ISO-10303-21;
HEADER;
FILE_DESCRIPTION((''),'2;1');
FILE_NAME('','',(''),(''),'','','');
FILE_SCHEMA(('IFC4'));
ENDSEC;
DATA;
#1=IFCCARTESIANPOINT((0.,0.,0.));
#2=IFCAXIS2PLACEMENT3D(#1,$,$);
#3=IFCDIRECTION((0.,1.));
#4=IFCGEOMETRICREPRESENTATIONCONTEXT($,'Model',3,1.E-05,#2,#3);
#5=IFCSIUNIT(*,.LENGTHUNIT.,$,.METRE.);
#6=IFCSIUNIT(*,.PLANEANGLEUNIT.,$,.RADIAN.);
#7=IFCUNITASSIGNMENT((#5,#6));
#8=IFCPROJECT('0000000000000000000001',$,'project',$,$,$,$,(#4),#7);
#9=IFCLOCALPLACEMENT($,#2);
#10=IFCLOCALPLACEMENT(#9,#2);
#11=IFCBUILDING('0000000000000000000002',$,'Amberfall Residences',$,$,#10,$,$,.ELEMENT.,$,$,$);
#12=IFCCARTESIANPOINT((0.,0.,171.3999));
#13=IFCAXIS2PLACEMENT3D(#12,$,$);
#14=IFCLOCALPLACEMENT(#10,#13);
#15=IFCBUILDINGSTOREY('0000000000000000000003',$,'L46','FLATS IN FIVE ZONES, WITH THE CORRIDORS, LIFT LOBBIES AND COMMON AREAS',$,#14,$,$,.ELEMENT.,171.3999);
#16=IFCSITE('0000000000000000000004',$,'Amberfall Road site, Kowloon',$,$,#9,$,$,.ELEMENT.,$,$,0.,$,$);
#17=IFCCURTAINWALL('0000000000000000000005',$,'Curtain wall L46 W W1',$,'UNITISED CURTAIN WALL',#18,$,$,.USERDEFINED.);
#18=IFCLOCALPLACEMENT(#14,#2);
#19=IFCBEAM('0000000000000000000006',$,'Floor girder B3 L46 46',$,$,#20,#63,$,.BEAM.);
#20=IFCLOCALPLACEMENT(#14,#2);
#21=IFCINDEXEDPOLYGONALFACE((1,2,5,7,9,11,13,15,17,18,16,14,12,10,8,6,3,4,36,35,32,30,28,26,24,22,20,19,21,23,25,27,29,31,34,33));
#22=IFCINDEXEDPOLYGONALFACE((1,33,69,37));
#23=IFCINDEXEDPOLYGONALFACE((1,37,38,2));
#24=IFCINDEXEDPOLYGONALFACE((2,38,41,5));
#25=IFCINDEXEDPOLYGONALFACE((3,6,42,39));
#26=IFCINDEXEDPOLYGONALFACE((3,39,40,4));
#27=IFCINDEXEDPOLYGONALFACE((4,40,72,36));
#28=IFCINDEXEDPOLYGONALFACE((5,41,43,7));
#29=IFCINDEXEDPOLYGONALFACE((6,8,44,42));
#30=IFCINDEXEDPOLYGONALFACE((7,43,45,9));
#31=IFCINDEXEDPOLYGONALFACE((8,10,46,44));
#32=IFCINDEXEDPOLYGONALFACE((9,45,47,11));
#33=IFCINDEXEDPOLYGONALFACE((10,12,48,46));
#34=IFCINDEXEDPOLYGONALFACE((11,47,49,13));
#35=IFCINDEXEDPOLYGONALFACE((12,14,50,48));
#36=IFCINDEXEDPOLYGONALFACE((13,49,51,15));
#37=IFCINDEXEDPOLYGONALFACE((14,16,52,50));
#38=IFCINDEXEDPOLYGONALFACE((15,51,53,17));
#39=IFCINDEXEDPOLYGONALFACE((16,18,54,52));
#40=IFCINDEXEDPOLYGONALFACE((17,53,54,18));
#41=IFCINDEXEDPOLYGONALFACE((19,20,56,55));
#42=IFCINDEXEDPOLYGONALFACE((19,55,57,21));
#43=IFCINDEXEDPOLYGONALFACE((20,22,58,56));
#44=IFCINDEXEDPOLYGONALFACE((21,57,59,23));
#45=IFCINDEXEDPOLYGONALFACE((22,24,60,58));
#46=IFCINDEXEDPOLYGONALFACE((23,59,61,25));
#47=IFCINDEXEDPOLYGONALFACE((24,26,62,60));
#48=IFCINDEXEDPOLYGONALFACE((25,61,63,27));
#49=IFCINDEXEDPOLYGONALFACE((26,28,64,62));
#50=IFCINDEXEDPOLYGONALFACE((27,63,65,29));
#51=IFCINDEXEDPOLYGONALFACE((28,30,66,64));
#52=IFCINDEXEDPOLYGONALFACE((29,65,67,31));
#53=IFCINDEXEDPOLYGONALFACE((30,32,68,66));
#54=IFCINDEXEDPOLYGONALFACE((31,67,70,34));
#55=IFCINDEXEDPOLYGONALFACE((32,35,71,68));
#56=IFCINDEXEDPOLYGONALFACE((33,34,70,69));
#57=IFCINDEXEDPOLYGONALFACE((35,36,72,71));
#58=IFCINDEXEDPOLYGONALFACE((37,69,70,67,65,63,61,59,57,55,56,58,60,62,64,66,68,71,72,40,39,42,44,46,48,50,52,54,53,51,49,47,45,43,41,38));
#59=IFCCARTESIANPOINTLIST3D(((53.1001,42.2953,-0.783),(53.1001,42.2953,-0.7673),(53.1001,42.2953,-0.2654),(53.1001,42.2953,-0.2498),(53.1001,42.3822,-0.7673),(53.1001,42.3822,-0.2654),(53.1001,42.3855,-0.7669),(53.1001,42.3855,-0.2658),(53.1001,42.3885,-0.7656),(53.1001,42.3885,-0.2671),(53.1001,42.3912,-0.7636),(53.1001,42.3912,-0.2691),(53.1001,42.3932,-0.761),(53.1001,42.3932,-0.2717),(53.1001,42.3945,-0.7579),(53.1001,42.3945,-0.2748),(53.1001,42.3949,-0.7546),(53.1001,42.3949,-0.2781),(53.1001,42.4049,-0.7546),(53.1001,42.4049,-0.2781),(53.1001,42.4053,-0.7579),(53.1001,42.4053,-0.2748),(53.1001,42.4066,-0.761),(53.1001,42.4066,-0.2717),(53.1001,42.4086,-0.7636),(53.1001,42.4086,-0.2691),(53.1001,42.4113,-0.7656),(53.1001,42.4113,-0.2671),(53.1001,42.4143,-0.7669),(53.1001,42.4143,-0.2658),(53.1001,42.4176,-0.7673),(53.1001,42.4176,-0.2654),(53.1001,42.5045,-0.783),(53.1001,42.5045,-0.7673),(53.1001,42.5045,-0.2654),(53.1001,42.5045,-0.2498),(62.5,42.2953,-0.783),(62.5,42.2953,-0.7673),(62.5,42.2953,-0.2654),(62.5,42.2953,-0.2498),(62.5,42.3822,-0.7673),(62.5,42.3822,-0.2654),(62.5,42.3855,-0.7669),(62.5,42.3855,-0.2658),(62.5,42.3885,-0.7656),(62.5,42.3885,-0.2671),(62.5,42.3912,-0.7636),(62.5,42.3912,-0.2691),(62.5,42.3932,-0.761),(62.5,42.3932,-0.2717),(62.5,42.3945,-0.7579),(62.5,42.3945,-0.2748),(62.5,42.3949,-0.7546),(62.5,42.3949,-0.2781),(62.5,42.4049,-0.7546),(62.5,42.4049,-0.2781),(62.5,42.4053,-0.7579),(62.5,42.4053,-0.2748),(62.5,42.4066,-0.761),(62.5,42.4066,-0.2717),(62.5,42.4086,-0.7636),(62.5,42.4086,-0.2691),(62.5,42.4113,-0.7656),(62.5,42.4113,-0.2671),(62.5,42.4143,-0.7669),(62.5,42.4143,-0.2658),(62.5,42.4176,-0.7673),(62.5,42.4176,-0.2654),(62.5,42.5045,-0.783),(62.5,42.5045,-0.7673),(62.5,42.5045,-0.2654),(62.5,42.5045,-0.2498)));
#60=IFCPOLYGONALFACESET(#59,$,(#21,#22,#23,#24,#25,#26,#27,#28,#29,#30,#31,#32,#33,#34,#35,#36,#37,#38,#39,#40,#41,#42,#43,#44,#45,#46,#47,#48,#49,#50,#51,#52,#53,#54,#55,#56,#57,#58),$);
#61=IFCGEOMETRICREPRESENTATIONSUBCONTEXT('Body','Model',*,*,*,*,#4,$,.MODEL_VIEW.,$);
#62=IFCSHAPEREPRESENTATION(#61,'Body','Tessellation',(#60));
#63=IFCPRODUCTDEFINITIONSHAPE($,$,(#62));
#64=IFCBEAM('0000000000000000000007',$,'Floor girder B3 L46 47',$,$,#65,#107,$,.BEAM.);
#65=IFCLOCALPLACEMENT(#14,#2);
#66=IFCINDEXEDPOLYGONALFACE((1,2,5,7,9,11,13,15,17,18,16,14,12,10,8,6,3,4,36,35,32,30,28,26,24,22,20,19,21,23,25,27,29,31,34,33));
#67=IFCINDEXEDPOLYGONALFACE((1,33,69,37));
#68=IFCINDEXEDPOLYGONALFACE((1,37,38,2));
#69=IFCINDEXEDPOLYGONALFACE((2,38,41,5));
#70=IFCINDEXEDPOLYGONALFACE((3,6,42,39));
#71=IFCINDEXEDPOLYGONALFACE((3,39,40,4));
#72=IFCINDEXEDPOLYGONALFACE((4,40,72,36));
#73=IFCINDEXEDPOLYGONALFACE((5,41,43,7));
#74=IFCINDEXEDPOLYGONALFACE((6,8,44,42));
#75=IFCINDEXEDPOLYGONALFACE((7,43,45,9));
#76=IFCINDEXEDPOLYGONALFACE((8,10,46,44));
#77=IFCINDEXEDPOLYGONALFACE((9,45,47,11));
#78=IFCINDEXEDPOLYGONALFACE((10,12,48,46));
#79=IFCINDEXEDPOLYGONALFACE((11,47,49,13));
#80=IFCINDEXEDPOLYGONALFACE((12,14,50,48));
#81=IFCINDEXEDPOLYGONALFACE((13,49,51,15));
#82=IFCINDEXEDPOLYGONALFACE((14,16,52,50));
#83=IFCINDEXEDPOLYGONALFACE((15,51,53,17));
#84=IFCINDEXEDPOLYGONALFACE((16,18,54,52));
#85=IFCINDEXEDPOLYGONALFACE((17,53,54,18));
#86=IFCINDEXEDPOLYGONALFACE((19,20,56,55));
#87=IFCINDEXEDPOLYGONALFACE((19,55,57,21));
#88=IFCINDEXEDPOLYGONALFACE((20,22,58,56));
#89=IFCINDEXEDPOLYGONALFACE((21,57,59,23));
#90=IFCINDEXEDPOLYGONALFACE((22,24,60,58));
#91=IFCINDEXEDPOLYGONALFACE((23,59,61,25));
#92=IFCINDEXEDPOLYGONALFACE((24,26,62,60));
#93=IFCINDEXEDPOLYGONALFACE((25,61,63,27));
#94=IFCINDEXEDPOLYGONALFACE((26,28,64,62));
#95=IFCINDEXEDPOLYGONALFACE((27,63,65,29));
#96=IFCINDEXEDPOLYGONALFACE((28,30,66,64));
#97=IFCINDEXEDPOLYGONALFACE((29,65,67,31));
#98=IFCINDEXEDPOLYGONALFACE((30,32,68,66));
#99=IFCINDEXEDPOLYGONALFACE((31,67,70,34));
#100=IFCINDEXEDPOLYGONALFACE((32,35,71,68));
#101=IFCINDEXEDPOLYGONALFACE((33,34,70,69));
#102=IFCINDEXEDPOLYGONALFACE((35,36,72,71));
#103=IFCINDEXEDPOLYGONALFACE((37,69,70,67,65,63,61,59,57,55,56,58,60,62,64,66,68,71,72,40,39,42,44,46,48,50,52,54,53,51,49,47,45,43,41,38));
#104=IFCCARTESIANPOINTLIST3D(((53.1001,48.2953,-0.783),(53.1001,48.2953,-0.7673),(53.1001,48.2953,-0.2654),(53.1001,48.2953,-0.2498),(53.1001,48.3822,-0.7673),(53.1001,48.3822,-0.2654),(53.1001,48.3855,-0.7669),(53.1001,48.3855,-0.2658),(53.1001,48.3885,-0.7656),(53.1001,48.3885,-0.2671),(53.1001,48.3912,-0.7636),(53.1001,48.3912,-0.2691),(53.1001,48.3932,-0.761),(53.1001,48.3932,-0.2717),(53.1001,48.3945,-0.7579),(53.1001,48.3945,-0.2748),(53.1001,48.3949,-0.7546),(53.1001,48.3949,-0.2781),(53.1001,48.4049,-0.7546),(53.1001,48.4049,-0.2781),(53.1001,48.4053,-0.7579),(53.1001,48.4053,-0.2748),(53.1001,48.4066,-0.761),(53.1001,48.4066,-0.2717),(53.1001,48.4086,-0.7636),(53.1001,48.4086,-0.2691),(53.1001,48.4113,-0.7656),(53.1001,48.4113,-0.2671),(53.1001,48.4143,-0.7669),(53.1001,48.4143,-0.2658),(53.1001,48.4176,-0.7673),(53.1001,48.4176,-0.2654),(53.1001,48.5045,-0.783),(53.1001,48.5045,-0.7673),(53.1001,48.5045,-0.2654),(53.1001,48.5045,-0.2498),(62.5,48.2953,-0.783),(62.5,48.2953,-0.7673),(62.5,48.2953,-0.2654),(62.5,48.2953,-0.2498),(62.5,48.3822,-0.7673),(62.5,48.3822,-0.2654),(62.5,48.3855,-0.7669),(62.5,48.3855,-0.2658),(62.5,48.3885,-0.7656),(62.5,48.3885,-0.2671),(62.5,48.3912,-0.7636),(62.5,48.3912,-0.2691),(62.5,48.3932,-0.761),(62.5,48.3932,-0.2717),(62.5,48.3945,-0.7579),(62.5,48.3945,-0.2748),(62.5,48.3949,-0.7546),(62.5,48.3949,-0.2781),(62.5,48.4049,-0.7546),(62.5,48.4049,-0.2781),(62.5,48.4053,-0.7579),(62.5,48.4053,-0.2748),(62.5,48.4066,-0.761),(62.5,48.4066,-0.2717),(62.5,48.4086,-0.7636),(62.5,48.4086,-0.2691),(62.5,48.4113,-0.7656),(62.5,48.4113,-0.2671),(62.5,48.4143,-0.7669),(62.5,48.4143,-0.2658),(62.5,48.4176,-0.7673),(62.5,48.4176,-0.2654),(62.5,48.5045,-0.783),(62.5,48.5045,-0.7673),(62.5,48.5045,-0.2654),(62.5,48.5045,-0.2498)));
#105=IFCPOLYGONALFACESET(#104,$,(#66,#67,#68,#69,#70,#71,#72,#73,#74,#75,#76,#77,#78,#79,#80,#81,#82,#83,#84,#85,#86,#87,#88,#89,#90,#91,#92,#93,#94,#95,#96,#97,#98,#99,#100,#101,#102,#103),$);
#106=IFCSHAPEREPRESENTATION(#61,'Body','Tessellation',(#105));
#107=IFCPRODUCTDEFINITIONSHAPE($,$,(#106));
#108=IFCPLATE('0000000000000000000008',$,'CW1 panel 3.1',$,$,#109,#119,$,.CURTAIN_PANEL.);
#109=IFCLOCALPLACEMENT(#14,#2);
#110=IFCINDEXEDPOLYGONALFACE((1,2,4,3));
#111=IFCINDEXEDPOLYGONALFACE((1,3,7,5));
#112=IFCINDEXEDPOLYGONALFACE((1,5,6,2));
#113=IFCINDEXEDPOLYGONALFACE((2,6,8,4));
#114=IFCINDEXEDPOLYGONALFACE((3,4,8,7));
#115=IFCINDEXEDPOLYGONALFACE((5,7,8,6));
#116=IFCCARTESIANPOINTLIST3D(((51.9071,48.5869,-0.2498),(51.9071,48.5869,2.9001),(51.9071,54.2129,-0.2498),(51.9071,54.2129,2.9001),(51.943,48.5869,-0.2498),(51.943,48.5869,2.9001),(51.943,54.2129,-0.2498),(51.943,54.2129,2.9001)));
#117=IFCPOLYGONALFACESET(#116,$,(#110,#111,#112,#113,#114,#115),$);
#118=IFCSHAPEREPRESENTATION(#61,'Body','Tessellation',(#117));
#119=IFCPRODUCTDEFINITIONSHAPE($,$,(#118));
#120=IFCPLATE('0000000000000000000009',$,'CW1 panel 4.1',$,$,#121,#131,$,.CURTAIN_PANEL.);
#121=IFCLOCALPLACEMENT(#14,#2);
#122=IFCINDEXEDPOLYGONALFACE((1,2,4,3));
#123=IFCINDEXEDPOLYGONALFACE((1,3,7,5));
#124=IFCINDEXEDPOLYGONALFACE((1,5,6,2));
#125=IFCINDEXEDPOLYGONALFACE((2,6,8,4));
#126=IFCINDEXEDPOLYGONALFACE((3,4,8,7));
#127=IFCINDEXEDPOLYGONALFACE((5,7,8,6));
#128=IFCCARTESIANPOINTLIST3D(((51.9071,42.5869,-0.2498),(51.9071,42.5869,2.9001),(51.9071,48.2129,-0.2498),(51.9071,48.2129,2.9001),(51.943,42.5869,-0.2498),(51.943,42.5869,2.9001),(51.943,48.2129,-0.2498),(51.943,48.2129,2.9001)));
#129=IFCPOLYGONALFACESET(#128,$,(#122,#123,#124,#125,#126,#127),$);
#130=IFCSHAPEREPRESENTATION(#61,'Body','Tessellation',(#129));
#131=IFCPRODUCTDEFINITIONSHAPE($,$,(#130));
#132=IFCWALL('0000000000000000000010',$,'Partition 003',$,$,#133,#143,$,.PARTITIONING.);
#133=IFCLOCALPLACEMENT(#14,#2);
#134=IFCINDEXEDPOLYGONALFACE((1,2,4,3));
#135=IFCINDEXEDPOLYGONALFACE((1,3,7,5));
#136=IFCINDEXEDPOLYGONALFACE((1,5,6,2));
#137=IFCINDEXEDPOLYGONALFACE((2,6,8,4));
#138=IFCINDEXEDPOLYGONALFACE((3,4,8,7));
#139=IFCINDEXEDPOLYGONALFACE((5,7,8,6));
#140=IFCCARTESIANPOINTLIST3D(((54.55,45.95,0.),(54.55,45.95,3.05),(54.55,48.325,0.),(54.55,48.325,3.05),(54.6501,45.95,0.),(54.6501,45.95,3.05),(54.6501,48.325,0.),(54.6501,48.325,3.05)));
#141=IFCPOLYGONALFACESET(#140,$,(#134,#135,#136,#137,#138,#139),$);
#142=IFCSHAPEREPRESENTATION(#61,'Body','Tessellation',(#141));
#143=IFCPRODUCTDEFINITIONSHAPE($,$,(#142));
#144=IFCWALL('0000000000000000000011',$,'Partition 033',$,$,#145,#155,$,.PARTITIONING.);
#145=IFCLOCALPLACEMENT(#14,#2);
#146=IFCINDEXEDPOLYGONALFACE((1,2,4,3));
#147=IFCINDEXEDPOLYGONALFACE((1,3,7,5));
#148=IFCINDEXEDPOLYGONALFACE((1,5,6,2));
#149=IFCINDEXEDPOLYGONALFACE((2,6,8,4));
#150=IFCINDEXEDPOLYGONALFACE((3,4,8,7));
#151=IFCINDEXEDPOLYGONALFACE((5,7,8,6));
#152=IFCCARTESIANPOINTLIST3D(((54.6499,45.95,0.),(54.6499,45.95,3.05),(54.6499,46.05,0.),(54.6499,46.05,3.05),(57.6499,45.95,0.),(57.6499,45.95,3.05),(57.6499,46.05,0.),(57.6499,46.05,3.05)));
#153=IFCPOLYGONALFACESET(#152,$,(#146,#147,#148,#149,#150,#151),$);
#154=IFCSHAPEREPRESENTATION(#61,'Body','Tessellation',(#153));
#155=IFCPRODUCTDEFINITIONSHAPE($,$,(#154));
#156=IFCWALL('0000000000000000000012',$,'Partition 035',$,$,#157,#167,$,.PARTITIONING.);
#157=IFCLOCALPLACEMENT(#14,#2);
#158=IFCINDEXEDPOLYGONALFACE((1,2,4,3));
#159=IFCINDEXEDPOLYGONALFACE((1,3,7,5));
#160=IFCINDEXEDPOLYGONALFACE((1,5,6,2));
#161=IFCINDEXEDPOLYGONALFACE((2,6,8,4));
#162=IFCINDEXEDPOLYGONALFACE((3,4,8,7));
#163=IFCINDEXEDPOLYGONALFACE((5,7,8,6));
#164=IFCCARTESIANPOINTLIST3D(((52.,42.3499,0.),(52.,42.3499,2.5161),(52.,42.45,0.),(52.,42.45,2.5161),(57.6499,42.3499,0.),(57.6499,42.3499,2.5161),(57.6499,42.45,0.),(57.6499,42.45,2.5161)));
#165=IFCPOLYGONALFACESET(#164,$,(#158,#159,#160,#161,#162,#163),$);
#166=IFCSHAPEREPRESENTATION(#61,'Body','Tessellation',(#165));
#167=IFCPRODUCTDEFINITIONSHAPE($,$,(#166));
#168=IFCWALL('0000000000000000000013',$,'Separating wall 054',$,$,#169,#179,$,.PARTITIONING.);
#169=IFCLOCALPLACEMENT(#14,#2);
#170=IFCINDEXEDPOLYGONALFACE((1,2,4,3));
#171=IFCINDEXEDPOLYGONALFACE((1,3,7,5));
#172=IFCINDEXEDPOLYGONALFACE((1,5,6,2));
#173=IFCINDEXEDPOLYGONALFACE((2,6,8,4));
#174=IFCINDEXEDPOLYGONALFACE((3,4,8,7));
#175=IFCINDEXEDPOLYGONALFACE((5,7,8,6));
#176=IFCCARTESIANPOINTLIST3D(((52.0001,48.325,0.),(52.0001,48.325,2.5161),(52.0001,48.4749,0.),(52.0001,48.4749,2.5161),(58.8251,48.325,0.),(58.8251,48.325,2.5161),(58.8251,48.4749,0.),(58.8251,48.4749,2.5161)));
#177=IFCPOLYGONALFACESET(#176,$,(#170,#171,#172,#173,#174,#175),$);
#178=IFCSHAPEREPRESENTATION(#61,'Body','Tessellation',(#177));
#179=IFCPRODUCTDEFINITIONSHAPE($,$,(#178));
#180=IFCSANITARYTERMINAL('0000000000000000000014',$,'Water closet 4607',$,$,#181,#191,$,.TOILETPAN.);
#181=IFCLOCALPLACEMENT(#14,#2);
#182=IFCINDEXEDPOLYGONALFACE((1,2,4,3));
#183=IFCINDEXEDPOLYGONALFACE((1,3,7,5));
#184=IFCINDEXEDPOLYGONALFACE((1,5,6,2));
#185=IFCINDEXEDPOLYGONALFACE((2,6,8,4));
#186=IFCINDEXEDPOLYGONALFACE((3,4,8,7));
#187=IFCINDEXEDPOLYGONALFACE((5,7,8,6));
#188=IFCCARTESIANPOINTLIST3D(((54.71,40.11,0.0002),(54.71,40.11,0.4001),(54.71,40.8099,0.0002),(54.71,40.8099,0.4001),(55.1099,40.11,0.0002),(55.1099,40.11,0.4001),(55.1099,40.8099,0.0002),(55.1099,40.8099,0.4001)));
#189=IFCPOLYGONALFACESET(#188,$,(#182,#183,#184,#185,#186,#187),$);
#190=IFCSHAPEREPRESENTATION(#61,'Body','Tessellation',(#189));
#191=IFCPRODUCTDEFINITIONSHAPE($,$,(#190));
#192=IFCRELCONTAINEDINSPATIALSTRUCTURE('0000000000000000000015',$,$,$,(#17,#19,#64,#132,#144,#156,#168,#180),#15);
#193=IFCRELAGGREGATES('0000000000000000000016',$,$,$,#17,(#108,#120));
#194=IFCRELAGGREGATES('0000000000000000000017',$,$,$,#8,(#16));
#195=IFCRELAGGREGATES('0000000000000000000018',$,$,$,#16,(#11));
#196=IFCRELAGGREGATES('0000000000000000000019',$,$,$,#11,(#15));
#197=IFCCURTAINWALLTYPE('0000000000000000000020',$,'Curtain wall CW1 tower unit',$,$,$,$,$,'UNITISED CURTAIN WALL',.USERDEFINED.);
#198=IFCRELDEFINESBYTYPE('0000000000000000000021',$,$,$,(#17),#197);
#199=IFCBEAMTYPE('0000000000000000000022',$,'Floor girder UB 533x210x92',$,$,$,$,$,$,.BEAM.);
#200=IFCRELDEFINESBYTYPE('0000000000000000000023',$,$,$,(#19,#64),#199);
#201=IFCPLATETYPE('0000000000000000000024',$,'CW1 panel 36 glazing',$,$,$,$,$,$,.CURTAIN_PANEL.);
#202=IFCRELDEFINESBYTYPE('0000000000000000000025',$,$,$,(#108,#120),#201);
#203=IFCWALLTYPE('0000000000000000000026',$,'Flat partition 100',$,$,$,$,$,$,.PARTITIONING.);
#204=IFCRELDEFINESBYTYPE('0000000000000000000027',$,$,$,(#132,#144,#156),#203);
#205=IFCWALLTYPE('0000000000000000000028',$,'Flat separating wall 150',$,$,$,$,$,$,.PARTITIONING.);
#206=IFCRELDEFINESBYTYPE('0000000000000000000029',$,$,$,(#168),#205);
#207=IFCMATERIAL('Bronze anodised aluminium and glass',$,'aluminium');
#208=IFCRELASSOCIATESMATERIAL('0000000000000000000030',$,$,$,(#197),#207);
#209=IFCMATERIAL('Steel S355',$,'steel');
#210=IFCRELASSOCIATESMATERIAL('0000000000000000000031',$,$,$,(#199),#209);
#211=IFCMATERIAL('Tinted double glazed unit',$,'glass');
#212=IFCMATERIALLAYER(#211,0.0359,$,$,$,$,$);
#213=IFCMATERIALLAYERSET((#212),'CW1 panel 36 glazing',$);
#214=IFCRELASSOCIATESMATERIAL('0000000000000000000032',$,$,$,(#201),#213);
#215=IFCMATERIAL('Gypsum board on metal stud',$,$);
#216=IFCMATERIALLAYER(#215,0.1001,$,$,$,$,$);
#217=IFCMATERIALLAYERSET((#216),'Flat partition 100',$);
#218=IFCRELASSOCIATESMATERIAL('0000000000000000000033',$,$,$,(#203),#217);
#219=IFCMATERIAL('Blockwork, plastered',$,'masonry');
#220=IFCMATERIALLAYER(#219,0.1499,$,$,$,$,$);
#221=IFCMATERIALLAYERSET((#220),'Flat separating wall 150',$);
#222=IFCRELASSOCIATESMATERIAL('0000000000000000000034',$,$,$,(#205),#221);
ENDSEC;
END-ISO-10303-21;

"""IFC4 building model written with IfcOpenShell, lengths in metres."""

from ifc_helpers import new_model, si_unit, direction, frame, frame_2d, origin, origin_2d, place, context, subcontext, project, spatial, rectangle, i_section, extrude, material, layer, layer_set, material_profile, profile_set, type_object, element, aggregate, save


model = new_model("IFC4")

# Units and contexts
model_context = context("Model", 3, precision=1e-05, world=origin(), true_north=direction((0.0, 1.0)))
body_context = subcontext(model_context, "Body", "Model", "MODEL_VIEW")
ifc_project = project(units=[si_unit("LENGTHUNIT", "METRE"), si_unit("PLANEANGLEUNIT", "RADIAN")], contexts=[model_context])

# Site, building, storey
site_placement = place(None, origin())
site = spatial("IfcSite", under=ifc_project, at=site_placement, Name="Amberfall Road site, Kowloon", CompositionType="ELEMENT", RefElevation=0.0)
building_placement = place(site_placement, origin())
building = spatial("IfcBuilding", under=site, at=building_placement, Name="Amberfall Residences", CompositionType="ELEMENT")
storey_placement = place(building_placement, frame((0.0, 0.0, 171.3999)))
storey = spatial("IfcBuildingStorey", under=building, at=storey_placement, Name="L46", Description="FLATS IN FIVE ZONES, WITH THE CORRIDORS, LIFT LOBBIES AND COMMON AREAS", CompositionType="ELEMENT", Elevation=171.3999)

# Curtain wall
ifc_material_1 = material(Name="Bronze anodised aluminium and glass", Category="aluminium")
curtain_wall_type = type_object("IfcCurtainWallType", Name="Curtain wall CW1 tower unit", ElementType="UNITISED CURTAIN WALL", PredefinedType="USERDEFINED", material=ifc_material_1)
curtain_wall_placement = place(storey_placement, origin())
curtain_wall = element("IfcCurtainWall", 1, at=curtain_wall_placement, inside=storey, type_object=curtain_wall_type, Name="Curtain wall L46 W W1", ObjectType="UNITISED CURTAIN WALL", PredefinedType="USERDEFINED")

# Shared definitions
ifc_material_2 = material(Name="Steel S355", Category="steel")

# Beams
ifc_material_profile_1 = material_profile(ifc_material_2, i_section(OverallWidth=0.2092, OverallDepth=0.5332, WebThickness=0.01, FlangeThickness=0.0156, FilletRadius=0.0127, at=origin_2d()), Name="UB 533x210x92")
ifc_profile_set_1 = profile_set([ifc_material_profile_1], Name="Steel S355")
beam_type_1 = type_object("IfcBeamType", Name="Floor girder UB 533x210x92", PredefinedType="BEAM", material=ifc_profile_set_1)
for number, where, z_axis, x_axis, name in (
    (2, (53.1001, 42.3999, -0.5164), (1.0, 0.0, 0.0), (0.0, 1.0, 0.0), "Floor girder B3 L46 46"),
    (3, (53.1001, 48.3999, -0.5164), (1.0, 0.0, 0.0), (0.0, 1.0, 0.0), "Floor girder B3 L46 47"),
):
    element("IfcBeam", number, at=place(storey_placement, frame(where, z_axis=z_axis, x_axis=x_axis)), inside=storey, type_object=beam_type_1, Name=name, PredefinedType="BEAM", context=body_context, shape_type="SweptSolid", body=[
        extrude(i_section(OverallWidth=0.2092, OverallDepth=0.5332, WebThickness=0.01, FlangeThickness=0.0156, FilletRadius=0.0127, at=origin_2d()), origin(), (0.0, 0.0, 1.0), 9.3999),
    ])

# Plates
ifc_material_3 = material(Name="Tinted double glazed unit", Category="glass")
ifc_layer_1 = layer(ifc_material_3, 0.0359)
ifc_layer_set_1 = layer_set([ifc_layer_1], Name="CW1 panel 36 glazing")
plate_type = type_object("IfcPlateType", Name="CW1 panel 36 glazing", PredefinedType="CURTAIN_PANEL", material=ifc_layer_set_1)
plate_1_placement = place(storey_placement, frame((51.925, 51.3999, -0.2498), z_axis=(0.0, 0.0, 1.0), x_axis=(0.0, -1.0, 0.0)))
plate_1 = element("IfcPlate", 4, at=plate_1_placement, type_object=plate_type, Name="CW1 panel 3.1", PredefinedType="CURTAIN_PANEL", context=body_context, shape_type="SweptSolid", body=[
    extrude(rectangle(XDim=5.626, YDim=0.0359, at=origin_2d()), origin(), (0.0, 0.0, 1.0), 3.1499),
])
plate_2_placement = place(storey_placement, frame((51.925, 45.3999, -0.2498), z_axis=(0.0, 0.0, 1.0), x_axis=(0.0, -1.0, 0.0)))
plate_2 = element("IfcPlate", 5, at=plate_2_placement, type_object=plate_type, Name="CW1 panel 4.1", PredefinedType="CURTAIN_PANEL", context=body_context, shape_type="SweptSolid", body=[
    extrude(rectangle(XDim=5.626, YDim=0.0359, at=origin_2d()), origin(), (0.0, 0.0, 1.0), 3.1499),
])
aggregate(curtain_wall, [plate_1, plate_2])

# Walls
ifc_material_4 = material(Name="Gypsum board on metal stud")
ifc_layer_2 = layer(ifc_material_4, 0.1001)
ifc_layer_set_2 = layer_set([ifc_layer_2], Name="Flat partition 100")
wall_type_1 = type_object("IfcWallType", Name="Flat partition 100", PredefinedType="PARTITIONING", material=ifc_layer_set_2)
wall_1_placement = place(storey_placement, frame((54.6001, 45.95, 0.0), z_axis=(0.0, 0.0, 1.0), x_axis=(0.0, 1.0, 0.0)))
element("IfcWall", 6, at=wall_1_placement, inside=storey, type_object=wall_type_1, Name="Partition 003", PredefinedType="PARTITIONING", context=body_context, shape_type="SweptSolid", body=[
    extrude(rectangle(XDim=2.375, YDim=0.1001, at=frame_2d((1.1875, 0.0))), origin(), (0.0, 0.0, 1.0), 3.05),
])
wall_2_placement = place(storey_placement, frame((54.6499, 46.0, 0.0), z_axis=(0.0, 0.0, 1.0), x_axis=(1.0, 0.0, 0.0)))
element("IfcWall", 7, at=wall_2_placement, inside=storey, type_object=wall_type_1, Name="Partition 033", PredefinedType="PARTITIONING", context=body_context, shape_type="SweptSolid", body=[
    extrude(rectangle(XDim=3.0, YDim=0.1001, at=frame_2d((1.5, 0.0))), origin(), (0.0, 0.0, 1.0), 3.05),
])
wall_3_placement = place(storey_placement, frame((52.0, 42.3999, 0.0), z_axis=(0.0, 0.0, 1.0), x_axis=(1.0, 0.0, 0.0)))
element("IfcWall", 8, at=wall_3_placement, inside=storey, type_object=wall_type_1, Name="Partition 035", PredefinedType="PARTITIONING", context=body_context, shape_type="SweptSolid", body=[
    extrude(rectangle(XDim=5.6499, YDim=0.1001, at=frame_2d((2.825, 0.0))), origin(), (0.0, 0.0, 1.0), 2.5161),
])
ifc_material_5 = material(Name="Blockwork, plastered", Category="masonry")
ifc_layer_3 = layer(ifc_material_5, 0.1499)
ifc_layer_set_3 = layer_set([ifc_layer_3], Name="Flat separating wall 150")
wall_type_2 = type_object("IfcWallType", Name="Flat separating wall 150", PredefinedType="PARTITIONING", material=ifc_layer_set_3)
wall_4_placement = place(storey_placement, frame((52.0, 48.3999, 0.0), z_axis=(0.0, 0.0, 1.0), x_axis=(1.0, 0.0, 0.0)))
element("IfcWall", 9, at=wall_4_placement, inside=storey, type_object=wall_type_2, Name="Separating wall 054", PredefinedType="PARTITIONING", context=body_context, shape_type="SweptSolid", body=[
    extrude(rectangle(XDim=6.825, YDim=0.1499, at=frame_2d((3.4126, 0.0))), origin(), (0.0, 0.0, 1.0), 2.5161),
])

# Sanitary terminal
sanitary_terminal_1_placement = place(storey_placement, frame((54.9099, 40.46, 0.0002), z_axis=(0.0, 0.0, 1.0), x_axis=(1.0, 0.0, 0.0)))
element("IfcSanitaryTerminal", 10, at=sanitary_terminal_1_placement, inside=storey, Name="Water closet 4607", PredefinedType="TOILETPAN", context=body_context, shape_type="SweptSolid", body=[
    extrude(rectangle(XDim=0.3999, YDim=0.7, at=origin_2d()), origin(), (0.0, 0.0, 1.0), 0.3999),
])

save(model, "model.ifc")
